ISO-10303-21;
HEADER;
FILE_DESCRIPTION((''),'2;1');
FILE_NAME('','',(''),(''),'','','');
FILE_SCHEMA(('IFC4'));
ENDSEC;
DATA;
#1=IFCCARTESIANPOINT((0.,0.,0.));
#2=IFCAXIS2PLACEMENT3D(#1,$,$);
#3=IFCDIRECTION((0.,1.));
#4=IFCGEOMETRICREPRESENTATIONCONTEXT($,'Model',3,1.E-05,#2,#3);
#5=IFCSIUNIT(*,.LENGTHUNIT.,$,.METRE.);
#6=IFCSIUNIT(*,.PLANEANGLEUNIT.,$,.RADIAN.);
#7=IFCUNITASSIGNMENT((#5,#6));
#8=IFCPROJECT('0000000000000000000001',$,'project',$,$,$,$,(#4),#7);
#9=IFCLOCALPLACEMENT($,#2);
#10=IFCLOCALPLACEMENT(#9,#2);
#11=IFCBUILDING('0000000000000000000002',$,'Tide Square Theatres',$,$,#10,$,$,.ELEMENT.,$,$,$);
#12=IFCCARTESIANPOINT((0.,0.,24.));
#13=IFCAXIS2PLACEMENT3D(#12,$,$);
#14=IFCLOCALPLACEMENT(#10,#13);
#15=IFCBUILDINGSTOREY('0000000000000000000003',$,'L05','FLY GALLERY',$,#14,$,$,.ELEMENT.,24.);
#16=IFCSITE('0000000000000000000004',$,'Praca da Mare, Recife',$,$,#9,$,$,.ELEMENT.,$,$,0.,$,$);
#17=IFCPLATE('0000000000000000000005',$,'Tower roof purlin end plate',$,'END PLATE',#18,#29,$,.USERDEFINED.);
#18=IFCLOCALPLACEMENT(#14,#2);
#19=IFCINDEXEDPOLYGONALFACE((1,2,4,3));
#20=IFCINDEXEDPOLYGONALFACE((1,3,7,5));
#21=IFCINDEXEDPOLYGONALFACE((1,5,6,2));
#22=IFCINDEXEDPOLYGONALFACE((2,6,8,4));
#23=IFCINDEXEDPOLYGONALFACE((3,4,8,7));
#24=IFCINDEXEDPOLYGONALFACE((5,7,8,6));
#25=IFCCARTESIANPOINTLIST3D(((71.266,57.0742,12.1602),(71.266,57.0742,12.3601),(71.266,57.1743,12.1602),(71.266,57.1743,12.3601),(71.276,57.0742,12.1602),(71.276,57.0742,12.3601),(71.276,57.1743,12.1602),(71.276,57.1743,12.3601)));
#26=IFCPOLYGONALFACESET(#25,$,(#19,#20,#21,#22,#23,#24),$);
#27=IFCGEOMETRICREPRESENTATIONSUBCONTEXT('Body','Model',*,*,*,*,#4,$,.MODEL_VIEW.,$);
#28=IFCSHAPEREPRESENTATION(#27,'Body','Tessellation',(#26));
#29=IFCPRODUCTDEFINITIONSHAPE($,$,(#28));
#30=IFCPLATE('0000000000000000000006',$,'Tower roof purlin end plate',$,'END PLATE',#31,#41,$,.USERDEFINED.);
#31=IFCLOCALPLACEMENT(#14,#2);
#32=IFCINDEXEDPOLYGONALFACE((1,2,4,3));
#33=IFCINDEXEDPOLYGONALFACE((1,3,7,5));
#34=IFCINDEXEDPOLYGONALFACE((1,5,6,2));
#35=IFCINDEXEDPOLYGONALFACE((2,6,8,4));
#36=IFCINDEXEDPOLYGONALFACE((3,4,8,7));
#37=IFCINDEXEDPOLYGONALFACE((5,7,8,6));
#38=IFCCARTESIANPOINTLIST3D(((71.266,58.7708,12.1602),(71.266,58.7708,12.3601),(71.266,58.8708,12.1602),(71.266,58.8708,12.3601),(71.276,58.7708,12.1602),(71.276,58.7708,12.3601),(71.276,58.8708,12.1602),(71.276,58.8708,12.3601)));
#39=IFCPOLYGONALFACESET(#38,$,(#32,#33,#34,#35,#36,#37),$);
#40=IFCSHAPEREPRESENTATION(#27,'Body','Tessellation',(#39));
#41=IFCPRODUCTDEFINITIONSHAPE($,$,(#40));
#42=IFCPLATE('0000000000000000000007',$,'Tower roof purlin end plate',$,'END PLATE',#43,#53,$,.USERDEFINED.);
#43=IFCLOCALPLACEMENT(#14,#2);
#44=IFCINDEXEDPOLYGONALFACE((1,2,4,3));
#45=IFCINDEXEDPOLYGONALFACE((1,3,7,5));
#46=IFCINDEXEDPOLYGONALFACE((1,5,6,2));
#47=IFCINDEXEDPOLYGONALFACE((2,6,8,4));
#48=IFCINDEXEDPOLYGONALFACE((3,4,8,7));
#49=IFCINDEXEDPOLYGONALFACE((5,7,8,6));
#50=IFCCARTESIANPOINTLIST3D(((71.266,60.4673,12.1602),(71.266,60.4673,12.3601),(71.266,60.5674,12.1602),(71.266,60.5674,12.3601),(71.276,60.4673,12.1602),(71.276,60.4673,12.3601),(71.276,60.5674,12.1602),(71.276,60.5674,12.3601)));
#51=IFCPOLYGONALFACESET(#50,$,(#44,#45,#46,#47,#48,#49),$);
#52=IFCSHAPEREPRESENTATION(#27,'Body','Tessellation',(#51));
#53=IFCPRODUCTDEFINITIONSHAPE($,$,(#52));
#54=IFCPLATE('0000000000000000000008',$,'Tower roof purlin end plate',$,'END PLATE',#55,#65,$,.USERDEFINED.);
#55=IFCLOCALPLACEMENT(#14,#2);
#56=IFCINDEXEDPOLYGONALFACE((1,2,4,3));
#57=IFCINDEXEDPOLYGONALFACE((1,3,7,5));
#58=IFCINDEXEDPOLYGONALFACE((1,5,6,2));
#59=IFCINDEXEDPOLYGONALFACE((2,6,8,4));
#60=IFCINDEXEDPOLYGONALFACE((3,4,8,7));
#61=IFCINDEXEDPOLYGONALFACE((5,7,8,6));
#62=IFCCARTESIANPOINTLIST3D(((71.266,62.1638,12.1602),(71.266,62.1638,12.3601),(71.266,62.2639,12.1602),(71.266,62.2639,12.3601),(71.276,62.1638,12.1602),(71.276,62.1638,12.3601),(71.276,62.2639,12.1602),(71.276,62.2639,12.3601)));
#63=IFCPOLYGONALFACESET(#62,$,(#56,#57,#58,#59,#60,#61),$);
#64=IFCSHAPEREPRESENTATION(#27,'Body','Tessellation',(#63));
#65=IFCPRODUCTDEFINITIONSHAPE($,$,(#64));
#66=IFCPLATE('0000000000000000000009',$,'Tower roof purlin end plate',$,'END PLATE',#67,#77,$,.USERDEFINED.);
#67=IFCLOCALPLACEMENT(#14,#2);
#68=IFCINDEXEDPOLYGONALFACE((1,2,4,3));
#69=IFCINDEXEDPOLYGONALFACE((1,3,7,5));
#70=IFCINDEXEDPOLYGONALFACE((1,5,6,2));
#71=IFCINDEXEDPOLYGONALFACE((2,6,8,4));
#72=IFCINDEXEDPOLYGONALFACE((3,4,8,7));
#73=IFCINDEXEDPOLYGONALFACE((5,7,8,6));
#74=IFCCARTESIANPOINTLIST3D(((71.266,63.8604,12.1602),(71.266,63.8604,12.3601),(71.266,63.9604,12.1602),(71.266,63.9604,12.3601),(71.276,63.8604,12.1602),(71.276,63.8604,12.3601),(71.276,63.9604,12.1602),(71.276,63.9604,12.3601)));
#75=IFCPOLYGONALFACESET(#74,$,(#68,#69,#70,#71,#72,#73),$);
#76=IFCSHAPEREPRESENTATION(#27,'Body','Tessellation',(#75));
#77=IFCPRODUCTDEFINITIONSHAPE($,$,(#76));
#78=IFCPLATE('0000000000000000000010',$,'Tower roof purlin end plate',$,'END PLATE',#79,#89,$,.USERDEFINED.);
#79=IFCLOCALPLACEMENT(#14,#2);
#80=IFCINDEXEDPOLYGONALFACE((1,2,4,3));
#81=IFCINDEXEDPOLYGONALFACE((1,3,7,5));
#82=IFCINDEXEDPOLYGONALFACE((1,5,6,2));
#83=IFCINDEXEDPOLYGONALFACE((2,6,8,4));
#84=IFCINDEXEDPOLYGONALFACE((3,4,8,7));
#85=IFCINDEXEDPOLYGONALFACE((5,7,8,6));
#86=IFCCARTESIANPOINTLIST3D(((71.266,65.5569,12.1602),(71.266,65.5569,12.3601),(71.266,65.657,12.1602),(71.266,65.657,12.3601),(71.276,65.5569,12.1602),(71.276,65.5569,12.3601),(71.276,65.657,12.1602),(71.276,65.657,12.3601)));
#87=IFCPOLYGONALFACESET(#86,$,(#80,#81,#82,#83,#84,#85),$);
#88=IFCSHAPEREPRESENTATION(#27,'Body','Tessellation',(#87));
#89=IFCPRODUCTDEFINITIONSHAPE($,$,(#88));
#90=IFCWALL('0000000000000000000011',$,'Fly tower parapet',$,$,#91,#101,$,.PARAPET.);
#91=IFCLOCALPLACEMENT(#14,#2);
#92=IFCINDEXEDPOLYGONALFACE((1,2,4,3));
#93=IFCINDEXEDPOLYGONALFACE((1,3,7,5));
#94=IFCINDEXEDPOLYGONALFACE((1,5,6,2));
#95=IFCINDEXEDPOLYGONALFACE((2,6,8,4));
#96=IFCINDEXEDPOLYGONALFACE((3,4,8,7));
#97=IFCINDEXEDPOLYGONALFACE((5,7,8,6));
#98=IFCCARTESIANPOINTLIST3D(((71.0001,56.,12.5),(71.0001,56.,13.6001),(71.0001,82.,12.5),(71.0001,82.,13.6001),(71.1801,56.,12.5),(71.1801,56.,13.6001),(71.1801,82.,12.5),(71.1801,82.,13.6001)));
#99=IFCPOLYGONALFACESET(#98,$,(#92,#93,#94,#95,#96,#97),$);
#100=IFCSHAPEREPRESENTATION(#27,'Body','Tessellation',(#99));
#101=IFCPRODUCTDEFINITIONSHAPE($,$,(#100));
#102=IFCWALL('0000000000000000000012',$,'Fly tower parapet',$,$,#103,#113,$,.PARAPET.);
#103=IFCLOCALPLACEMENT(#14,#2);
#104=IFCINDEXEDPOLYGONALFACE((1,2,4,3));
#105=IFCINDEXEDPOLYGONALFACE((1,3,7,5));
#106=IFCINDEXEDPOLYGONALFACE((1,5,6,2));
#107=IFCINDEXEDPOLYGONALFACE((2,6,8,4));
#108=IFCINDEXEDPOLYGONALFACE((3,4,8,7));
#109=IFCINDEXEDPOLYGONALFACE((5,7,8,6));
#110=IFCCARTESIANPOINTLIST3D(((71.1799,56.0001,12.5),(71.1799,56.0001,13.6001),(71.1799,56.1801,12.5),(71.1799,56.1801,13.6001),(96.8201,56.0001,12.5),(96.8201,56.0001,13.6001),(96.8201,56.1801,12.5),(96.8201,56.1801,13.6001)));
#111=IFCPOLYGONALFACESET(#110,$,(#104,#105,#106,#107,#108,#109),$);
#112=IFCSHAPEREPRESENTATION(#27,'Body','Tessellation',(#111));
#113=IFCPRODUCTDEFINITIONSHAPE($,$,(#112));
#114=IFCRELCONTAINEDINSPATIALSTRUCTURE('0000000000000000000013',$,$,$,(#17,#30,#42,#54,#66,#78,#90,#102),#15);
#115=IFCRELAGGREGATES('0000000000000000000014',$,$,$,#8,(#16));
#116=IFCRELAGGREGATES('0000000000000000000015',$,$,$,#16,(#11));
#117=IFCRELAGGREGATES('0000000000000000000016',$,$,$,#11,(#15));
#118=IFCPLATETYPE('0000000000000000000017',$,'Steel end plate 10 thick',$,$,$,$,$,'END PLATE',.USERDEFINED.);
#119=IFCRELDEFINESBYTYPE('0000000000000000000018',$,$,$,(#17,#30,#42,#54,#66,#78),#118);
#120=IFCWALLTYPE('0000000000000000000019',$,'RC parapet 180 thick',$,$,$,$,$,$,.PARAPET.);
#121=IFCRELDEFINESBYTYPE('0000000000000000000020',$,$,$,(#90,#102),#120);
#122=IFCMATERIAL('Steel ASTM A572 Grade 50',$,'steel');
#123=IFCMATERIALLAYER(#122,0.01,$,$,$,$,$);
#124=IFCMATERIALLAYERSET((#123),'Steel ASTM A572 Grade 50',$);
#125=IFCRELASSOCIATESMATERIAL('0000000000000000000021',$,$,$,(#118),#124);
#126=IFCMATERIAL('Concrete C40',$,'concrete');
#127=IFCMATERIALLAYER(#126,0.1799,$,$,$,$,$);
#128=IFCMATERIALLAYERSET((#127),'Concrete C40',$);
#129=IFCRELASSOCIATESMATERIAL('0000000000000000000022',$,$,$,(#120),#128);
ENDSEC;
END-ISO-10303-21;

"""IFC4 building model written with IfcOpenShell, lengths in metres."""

from ifc_helpers import new_model, si_unit, direction, frame, frame_2d, origin, origin_2d, place, context, subcontext, project, spatial, rectangle, extrude, material, layer, layer_set, type_object, element, save


model = new_model("IFC4")

# Units and contexts
model_context = context("Model", 3, precision=1e-05, world=origin(), true_north=direction((0.0, 1.0)))
body_context = subcontext(model_context, "Body", "Model", "MODEL_VIEW")
ifc_project = project(units=[si_unit("LENGTHUNIT", "METRE"), si_unit("PLANEANGLEUNIT", "RADIAN")], contexts=[model_context])

# Site, building, storey
site_placement = place(None, origin())
site = spatial("IfcSite", under=ifc_project, at=site_placement, Name="Praca da Mare, Recife", CompositionType="ELEMENT", RefElevation=0.0)
building_placement = place(site_placement, origin())
building = spatial("IfcBuilding", under=site, at=building_placement, Name="Tide Square Theatres", CompositionType="ELEMENT")
storey_placement = place(building_placement, frame((0.0, 0.0, 24.0)))
storey = spatial("IfcBuildingStorey", under=building, at=storey_placement, Name="L05", Description="FLY GALLERY", CompositionType="ELEMENT", Elevation=24.0)

# Plates
ifc_material_1 = material(Name="Steel ASTM A572 Grade 50", Category="steel")
ifc_layer_1 = layer(ifc_material_1, 0.01)
ifc_layer_set_1 = layer_set([ifc_layer_1], Name="Steel ASTM A572 Grade 50")
plate_type = type_object("IfcPlateType", Name="Steel end plate 10 thick", ElementType="END PLATE", PredefinedType="USERDEFINED", material=ifc_layer_set_1)
for number, where, z_axis, x_axis, name in (
    (1, (71.271, 57.1243, 12.1602), (0.0, 0.0, 1.0), (-1.0, 0.0, 0.0), "Tower roof purlin end plate"),
    (2, (71.271, 58.8208, 12.1602), (0.0, 0.0, 1.0), (-1.0, 0.0, 0.0), "Tower roof purlin end plate"),
    (3, (71.271, 60.5173, 12.1602), (0.0, 0.0, 1.0), (-1.0, 0.0, 0.0), "Tower roof purlin end plate"),
    (4, (71.271, 62.2139, 12.1602), (0.0, 0.0, 1.0), (-1.0, 0.0, 0.0), "Tower roof purlin end plate"),
    (5, (71.271, 63.9104, 12.1602), (0.0, 0.0, 1.0), (-1.0, 0.0, 0.0), "Tower roof purlin end plate"),
    (6, (71.271, 65.6069, 12.1602), (0.0, 0.0, 1.0), (-1.0, 0.0, 0.0), "Tower roof purlin end plate"),
):
    element("IfcPlate", number, at=place(storey_placement, frame(where, z_axis=z_axis, x_axis=x_axis)), inside=storey, type_object=plate_type, Name=name, ObjectType="END PLATE", PredefinedType="USERDEFINED", context=body_context, shape_type="SweptSolid", body=[
        extrude(rectangle(XDim=0.01, YDim=0.1001, at=origin_2d()), origin(), (0.0, 0.0, 1.0), 0.2),
    ])

# Walls
ifc_material_2 = material(Name="Concrete C40", Category="concrete")
ifc_layer_2 = layer(ifc_material_2, 0.1799)
ifc_layer_set_2 = layer_set([ifc_layer_2], Name="Concrete C40")
wall_type = type_object("IfcWallType", Name="RC parapet 180 thick", PredefinedType="PARAPET", material=ifc_layer_set_2)
wall_1_placement = place(storey_placement, frame((71.0901, 56.0, 12.5), z_axis=(0.0, 0.0, 1.0), x_axis=(0.0, 1.0, 0.0)))
element("IfcWall", 7, at=wall_1_placement, inside=storey, type_object=wall_type, Name="Fly tower parapet", PredefinedType="PARAPET", context=body_context, shape_type="SweptSolid", body=[
    extrude(rectangle(XDim=26.0, YDim=0.1799, at=frame_2d((13.0, 0.0))), origin(), (0.0, 0.0, 1.0), 1.1001),
])
wall_2_placement = place(storey_placement, frame((71.1799, 56.0901, 12.5), z_axis=(0.0, 0.0, 1.0), x_axis=(1.0, 0.0, 0.0)))
element("IfcWall", 8, at=wall_2_placement, inside=storey, type_object=wall_type, Name="Fly tower parapet", PredefinedType="PARAPET", context=body_context, shape_type="SweptSolid", body=[
    extrude(rectangle(XDim=25.6401, YDim=0.1799, at=frame_2d((12.8201, 0.0))), origin(), (0.0, 0.0, 1.0), 1.1001),
])

save(model, "model.ifc")
